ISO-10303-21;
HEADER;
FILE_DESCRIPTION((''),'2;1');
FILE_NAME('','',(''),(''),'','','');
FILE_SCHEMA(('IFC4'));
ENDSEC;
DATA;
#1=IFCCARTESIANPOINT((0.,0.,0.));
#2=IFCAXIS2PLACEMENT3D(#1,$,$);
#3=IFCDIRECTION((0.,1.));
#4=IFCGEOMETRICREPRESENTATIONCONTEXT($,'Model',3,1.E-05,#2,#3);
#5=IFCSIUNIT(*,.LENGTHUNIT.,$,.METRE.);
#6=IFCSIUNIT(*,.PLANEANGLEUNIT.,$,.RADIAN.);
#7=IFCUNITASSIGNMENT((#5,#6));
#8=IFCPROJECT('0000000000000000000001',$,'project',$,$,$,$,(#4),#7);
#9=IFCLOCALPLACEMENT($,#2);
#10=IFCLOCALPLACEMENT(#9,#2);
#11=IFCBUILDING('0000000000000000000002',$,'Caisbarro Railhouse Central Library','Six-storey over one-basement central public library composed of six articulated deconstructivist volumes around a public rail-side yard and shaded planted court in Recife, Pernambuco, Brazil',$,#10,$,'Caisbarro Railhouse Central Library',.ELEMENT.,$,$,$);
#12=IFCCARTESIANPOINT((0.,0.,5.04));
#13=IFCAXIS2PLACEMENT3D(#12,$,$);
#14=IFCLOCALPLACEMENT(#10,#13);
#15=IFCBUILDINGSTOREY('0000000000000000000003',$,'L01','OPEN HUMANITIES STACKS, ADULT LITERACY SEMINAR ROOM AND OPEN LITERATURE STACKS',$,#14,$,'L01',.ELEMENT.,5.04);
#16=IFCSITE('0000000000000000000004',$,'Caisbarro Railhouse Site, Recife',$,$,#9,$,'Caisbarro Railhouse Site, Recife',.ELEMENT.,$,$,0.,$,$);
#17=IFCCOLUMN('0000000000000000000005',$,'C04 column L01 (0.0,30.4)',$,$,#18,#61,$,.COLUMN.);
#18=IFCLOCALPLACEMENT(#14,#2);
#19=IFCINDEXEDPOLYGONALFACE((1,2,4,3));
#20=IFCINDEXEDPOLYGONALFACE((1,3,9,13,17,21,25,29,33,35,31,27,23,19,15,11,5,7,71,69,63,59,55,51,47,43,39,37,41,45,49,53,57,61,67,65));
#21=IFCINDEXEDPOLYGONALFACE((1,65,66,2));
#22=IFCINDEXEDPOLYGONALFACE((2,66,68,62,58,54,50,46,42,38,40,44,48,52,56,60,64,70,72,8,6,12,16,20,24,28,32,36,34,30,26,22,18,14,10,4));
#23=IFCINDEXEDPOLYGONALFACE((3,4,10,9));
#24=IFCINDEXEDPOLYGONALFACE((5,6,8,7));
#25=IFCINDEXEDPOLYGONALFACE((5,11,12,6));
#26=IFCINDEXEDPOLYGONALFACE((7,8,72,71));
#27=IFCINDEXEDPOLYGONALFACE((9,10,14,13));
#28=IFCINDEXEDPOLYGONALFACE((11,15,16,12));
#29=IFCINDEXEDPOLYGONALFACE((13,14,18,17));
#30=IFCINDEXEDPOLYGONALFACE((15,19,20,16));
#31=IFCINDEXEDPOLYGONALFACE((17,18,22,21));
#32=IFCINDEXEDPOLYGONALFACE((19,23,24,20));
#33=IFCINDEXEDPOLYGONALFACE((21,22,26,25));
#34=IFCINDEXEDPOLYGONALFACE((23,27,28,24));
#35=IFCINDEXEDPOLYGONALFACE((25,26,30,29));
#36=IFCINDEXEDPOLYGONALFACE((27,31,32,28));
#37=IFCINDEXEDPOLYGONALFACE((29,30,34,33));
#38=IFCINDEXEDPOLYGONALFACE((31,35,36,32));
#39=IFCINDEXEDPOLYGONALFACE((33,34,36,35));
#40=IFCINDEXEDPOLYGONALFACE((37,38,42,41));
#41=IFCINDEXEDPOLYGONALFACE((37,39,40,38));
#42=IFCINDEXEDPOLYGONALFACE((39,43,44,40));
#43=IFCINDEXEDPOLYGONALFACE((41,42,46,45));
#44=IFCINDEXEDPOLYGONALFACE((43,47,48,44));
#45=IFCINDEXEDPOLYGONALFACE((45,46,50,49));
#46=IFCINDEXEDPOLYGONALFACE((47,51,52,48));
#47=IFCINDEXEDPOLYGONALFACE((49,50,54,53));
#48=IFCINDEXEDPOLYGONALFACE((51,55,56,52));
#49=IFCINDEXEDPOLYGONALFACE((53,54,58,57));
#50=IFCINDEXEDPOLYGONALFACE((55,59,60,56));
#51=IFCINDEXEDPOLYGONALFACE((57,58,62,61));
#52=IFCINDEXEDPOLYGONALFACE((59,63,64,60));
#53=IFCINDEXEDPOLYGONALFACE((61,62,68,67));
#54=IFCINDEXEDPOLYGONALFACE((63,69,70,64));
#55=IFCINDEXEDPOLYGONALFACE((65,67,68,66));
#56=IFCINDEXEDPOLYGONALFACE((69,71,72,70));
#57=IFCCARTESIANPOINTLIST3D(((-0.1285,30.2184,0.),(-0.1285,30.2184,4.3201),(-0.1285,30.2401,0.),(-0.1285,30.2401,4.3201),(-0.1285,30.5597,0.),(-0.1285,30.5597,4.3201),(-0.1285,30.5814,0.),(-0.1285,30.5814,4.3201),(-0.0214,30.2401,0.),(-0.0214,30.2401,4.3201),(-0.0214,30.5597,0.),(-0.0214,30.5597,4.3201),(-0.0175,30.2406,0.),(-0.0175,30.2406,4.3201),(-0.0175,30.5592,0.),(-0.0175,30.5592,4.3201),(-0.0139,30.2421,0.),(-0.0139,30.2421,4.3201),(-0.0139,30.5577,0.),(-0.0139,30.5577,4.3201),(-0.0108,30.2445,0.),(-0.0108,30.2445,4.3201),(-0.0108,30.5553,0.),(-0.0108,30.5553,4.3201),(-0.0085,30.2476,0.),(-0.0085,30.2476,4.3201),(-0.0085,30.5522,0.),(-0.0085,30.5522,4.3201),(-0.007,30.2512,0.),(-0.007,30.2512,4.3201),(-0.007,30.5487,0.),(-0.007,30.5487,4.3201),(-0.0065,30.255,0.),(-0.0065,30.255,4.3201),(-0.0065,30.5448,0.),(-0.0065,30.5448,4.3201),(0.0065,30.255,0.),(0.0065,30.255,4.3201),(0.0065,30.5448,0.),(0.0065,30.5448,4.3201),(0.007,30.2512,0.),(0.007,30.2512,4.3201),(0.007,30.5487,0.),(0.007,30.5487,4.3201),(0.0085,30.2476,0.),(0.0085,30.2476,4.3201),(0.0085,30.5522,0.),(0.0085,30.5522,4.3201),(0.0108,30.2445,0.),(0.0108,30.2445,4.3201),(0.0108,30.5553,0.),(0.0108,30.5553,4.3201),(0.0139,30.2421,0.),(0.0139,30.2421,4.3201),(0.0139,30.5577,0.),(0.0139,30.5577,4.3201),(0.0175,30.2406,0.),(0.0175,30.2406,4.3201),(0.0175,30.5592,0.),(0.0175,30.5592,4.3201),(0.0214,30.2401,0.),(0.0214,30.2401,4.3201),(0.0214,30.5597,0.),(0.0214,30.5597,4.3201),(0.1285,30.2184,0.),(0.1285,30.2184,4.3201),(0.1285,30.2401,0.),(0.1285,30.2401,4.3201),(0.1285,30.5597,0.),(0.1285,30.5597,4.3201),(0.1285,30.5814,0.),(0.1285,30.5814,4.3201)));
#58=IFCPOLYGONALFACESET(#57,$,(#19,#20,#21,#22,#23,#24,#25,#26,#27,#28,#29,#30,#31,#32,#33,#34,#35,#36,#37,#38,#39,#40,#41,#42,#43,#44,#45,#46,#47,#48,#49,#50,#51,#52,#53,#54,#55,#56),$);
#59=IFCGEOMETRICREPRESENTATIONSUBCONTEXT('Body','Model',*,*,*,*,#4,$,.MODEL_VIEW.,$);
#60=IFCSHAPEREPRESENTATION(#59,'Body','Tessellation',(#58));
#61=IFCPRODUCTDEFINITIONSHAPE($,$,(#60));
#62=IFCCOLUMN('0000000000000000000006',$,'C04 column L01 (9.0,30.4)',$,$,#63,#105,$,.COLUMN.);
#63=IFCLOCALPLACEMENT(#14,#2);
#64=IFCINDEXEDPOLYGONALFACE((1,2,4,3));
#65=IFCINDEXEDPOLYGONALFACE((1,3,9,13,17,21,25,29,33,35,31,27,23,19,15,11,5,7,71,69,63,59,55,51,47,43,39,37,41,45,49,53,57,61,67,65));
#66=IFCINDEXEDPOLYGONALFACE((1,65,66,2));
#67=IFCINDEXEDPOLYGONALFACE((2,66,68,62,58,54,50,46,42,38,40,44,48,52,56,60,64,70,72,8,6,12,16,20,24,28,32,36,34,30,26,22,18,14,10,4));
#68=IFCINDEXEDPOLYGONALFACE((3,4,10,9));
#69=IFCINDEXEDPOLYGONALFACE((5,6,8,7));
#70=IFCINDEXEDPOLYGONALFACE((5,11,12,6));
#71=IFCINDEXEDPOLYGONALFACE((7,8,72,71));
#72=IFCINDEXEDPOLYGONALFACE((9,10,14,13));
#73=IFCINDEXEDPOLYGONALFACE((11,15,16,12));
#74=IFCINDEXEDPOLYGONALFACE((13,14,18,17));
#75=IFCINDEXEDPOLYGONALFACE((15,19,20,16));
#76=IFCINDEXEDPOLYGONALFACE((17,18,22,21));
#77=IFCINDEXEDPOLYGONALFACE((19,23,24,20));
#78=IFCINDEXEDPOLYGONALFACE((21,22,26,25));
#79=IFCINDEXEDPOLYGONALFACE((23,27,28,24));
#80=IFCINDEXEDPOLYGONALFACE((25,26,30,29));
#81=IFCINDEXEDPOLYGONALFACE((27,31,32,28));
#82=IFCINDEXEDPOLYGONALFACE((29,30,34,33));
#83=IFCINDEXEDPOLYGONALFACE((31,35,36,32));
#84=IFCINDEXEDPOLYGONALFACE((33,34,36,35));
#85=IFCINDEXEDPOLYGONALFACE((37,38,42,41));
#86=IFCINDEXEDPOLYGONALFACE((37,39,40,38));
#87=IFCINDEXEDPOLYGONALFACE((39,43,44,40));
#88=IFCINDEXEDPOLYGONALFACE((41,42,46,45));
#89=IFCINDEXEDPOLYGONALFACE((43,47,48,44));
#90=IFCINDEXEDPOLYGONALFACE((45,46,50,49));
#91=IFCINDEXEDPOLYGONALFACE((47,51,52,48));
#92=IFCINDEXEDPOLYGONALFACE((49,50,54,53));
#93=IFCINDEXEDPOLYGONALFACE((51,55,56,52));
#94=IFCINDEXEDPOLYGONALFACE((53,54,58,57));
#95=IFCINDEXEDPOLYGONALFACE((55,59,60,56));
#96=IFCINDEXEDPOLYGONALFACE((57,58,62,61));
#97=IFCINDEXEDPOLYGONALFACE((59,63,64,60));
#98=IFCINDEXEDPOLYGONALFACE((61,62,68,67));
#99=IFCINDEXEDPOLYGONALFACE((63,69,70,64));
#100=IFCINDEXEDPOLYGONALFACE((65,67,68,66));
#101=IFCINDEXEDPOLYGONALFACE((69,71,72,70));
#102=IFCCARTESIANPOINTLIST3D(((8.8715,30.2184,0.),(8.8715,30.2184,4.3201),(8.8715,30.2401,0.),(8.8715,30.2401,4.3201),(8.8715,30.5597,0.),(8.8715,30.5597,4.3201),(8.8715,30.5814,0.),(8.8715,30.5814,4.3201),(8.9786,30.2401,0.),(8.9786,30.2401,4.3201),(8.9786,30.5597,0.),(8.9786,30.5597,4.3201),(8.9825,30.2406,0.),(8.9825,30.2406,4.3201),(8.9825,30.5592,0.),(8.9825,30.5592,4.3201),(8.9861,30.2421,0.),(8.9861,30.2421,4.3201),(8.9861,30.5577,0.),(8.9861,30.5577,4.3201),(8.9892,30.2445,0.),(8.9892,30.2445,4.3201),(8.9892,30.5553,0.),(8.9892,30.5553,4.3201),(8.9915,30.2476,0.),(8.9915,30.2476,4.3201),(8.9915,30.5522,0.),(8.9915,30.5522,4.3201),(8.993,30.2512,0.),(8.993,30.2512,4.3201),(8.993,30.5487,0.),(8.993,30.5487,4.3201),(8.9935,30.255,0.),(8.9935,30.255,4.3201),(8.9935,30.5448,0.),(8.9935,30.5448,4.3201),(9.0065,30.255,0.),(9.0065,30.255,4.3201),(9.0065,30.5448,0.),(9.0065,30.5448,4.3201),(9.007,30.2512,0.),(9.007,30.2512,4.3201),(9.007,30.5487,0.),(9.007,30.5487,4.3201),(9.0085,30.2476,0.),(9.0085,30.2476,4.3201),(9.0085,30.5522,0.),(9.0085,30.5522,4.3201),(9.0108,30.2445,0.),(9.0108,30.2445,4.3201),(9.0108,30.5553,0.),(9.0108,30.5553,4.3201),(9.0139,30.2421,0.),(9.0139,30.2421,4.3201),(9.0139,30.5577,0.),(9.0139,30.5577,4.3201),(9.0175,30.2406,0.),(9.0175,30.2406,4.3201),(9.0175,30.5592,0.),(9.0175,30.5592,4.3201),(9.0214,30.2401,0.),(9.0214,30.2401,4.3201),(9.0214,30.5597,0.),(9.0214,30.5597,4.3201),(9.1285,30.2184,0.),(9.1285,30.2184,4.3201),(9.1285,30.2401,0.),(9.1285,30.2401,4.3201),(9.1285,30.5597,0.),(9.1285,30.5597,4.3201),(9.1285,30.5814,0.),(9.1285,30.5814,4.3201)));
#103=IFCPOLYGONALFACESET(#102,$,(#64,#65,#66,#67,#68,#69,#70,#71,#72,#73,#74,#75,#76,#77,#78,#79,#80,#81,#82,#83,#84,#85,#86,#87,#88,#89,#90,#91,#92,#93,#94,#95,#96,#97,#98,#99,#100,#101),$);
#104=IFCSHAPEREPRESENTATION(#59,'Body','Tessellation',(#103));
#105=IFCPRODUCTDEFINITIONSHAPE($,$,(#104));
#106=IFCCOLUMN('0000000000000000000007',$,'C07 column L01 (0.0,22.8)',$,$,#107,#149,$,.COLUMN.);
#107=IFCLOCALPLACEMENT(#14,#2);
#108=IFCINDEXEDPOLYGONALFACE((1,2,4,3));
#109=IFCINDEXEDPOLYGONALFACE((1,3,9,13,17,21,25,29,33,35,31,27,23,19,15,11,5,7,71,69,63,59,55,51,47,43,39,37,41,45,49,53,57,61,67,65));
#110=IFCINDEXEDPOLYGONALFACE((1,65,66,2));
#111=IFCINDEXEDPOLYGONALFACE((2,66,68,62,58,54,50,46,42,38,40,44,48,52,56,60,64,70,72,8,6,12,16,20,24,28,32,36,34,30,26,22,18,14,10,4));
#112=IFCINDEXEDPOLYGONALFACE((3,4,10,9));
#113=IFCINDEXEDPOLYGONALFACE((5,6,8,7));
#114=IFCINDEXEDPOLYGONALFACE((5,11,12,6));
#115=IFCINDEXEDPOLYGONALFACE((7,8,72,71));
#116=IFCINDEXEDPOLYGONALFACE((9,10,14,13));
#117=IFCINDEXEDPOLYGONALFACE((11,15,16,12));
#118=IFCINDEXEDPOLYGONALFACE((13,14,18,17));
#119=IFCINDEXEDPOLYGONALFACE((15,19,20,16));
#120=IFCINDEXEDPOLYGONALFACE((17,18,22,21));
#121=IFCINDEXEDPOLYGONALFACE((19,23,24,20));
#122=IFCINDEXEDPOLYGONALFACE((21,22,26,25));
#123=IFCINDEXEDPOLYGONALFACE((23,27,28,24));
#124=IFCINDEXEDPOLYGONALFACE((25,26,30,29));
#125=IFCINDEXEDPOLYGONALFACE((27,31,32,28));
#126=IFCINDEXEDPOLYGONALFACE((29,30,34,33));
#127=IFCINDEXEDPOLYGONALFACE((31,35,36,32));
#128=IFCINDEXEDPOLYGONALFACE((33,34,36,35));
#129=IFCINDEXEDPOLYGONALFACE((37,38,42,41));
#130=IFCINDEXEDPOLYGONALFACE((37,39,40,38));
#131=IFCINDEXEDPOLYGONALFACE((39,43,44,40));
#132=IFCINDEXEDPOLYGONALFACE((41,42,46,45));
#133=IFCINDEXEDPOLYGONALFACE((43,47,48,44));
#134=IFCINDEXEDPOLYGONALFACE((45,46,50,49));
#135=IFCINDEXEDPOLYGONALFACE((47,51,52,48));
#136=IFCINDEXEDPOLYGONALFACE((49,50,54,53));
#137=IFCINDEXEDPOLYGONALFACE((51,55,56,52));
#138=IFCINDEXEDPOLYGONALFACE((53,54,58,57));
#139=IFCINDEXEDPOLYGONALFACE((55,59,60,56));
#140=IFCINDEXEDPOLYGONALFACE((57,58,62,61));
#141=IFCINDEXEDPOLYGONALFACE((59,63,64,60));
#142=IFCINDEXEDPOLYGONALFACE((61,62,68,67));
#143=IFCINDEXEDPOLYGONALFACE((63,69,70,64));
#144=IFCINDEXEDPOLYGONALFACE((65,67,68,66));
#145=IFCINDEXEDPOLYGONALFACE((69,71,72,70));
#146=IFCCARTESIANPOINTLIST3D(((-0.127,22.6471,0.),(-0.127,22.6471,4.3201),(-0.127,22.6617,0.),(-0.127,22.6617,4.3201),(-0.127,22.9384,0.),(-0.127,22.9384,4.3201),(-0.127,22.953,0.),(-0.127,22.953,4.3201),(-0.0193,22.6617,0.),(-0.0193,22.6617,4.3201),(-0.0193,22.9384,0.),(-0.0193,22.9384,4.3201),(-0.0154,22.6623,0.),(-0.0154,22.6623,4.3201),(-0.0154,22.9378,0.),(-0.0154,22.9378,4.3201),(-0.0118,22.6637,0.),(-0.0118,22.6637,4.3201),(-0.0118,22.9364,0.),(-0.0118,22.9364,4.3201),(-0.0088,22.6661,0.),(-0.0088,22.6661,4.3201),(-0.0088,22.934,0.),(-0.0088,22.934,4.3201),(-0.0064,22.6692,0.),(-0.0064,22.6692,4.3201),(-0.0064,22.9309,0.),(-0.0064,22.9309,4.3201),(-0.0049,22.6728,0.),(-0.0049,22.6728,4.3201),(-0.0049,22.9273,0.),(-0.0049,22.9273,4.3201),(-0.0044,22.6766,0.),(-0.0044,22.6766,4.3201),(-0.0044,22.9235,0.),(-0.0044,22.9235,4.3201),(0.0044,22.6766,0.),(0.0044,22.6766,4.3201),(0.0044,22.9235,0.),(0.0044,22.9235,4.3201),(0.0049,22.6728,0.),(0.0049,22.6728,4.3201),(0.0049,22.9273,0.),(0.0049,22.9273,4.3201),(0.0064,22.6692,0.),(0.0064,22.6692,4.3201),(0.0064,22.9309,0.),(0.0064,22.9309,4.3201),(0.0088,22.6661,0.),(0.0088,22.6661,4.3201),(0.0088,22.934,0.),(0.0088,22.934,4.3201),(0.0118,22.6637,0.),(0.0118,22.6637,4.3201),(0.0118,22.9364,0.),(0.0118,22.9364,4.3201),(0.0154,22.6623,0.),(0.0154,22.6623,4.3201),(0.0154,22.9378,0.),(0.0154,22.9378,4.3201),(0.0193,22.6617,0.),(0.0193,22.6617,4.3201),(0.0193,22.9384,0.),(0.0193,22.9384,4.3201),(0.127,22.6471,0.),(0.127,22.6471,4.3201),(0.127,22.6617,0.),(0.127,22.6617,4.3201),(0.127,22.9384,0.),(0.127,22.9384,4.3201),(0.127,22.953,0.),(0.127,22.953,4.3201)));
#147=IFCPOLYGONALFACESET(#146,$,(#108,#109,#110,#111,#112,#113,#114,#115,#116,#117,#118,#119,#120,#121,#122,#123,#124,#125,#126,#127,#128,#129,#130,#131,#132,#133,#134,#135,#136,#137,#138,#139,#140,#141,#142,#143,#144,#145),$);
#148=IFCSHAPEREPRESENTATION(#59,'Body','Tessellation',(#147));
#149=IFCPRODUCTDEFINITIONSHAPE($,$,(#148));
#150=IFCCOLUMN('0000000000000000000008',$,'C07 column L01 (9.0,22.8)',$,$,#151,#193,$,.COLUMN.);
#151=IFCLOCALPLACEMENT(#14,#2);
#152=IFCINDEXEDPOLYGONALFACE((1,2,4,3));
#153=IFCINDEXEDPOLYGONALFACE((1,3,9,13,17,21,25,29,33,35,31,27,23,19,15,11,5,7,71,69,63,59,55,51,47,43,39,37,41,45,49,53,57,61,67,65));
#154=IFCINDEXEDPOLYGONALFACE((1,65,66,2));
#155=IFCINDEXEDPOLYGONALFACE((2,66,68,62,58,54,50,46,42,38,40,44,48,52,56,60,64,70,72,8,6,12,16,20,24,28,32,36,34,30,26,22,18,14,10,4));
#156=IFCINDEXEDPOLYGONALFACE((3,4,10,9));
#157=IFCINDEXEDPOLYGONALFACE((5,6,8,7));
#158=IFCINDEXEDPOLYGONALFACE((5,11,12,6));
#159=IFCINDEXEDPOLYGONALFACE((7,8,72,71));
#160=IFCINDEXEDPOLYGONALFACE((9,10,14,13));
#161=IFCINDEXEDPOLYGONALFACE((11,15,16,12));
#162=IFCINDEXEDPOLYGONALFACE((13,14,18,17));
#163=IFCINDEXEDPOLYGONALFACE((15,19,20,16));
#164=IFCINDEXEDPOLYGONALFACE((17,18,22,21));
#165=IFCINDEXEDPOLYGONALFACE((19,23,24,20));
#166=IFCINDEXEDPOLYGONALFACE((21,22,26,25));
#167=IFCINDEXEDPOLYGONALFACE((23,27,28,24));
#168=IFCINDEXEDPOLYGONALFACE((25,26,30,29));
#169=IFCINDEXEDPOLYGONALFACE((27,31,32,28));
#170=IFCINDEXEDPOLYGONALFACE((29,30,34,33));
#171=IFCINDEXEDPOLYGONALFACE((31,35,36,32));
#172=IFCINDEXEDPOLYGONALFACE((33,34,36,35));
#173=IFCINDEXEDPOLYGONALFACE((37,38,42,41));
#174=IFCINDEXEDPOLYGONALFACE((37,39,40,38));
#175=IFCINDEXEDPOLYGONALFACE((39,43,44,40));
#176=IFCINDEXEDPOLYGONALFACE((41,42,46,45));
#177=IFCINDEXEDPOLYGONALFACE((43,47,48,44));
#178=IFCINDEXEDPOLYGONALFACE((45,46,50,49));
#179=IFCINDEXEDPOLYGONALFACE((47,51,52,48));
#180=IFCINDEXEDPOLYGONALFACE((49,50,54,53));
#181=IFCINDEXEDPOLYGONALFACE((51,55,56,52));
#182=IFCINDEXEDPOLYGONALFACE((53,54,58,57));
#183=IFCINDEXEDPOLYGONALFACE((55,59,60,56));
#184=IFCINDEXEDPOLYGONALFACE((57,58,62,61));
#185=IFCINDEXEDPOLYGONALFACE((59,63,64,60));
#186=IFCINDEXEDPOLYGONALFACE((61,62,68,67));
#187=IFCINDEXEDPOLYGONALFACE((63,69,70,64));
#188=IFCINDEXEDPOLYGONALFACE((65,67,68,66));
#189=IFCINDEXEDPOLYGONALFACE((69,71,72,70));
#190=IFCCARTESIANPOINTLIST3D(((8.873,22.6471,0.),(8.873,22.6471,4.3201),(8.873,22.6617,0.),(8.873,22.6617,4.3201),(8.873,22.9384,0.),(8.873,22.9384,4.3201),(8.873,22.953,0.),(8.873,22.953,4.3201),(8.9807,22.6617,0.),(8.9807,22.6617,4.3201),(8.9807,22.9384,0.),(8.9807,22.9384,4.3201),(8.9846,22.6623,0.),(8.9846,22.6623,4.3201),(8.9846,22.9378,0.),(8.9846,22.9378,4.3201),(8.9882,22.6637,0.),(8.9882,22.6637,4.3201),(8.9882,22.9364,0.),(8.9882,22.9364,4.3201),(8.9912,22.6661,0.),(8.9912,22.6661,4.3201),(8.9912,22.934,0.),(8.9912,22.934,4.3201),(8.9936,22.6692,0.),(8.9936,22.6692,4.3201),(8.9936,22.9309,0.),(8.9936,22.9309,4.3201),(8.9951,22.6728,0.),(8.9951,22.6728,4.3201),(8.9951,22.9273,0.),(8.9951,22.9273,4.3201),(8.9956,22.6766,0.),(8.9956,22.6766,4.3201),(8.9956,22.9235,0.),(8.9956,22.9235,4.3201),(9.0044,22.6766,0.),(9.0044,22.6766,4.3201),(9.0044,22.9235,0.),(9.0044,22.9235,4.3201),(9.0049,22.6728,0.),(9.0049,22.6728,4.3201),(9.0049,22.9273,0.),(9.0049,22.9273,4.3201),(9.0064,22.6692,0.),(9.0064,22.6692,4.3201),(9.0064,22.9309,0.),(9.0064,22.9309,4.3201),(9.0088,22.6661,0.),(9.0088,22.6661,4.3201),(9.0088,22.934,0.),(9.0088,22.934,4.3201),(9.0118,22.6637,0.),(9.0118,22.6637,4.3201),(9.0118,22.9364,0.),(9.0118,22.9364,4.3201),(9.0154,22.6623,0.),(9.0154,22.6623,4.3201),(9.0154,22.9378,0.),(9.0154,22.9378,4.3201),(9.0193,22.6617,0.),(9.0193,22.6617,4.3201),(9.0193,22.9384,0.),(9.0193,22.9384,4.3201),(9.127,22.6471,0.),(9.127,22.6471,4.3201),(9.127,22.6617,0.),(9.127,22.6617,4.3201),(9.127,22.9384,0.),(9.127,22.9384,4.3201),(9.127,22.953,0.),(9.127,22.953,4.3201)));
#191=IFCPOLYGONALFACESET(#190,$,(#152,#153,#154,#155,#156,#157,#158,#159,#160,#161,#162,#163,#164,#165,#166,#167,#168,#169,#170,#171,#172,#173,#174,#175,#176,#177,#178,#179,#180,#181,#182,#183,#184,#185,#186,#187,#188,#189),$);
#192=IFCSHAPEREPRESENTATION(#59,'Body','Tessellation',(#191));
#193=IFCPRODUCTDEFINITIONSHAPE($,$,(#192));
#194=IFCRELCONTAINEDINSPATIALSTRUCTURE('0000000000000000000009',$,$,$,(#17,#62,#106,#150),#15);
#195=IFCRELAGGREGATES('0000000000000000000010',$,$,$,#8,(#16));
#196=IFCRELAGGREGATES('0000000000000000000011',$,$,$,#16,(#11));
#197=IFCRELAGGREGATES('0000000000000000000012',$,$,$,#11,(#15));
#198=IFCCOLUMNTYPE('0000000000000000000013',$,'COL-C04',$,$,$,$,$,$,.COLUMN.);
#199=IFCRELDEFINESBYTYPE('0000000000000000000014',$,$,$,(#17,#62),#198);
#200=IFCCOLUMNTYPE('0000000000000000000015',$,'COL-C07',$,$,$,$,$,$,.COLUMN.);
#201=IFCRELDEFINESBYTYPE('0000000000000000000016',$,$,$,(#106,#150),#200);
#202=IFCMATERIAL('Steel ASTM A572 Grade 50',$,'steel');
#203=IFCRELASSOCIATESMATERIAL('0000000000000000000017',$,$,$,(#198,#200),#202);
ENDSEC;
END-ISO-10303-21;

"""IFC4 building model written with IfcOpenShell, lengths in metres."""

from ifc_helpers import new_model, si_unit, direction, frame, origin, origin_2d, place, context, subcontext, project, spatial, i_section, extrude, material, material_profile, profile_set, type_object, element, save


model = new_model("IFC4")

# Units and contexts
model_context = context("Model", 3, precision=1e-05, world=origin(), true_north=direction((0.0, 1.0)))
body_context = subcontext(model_context, "Body", "Model", "MODEL_VIEW")
ifc_project = project(units=[si_unit("LENGTHUNIT", "METRE"), si_unit("PLANEANGLEUNIT", "RADIAN")], contexts=[model_context])

# Site, building, storey
site_placement = place(None, origin())
site = spatial("IfcSite", under=ifc_project, at=site_placement, Name="Caisbarro Railhouse Site, Recife", LongName="Caisbarro Railhouse Site, Recife", CompositionType="ELEMENT", RefElevation=0.0)
building_placement = place(site_placement, origin())
building = spatial("IfcBuilding", under=site, at=building_placement, Name="Caisbarro Railhouse Central Library", Description="Six-storey over one-basement central public library composed of six articulated deconstructivist volumes around a public rail-side yard and shaded planted court in Recife, Pernambuco, Brazil", LongName="Caisbarro Railhouse Central Library", CompositionType="ELEMENT")
storey_placement = place(building_placement, frame((0.0, 0.0, 5.04)))
storey = spatial("IfcBuildingStorey", under=building, at=storey_placement, Name="L01", Description="OPEN HUMANITIES STACKS, ADULT LITERACY SEMINAR ROOM AND OPEN LITERATURE STACKS", LongName="L01", CompositionType="ELEMENT", Elevation=5.04)

# Columns
ifc_material_1 = material(Name="Steel ASTM A572 Grade 50", Category="steel")
ifc_material_profile_1 = material_profile(ifc_material_1, i_section(OverallWidth=0.2571, OverallDepth=0.363, WebThickness=0.0129, FlangeThickness=0.0217, FilletRadius=0.0149, at=origin_2d()), Name="W360X122.0")
ifc_profile_set_1 = profile_set([ifc_material_profile_1], Name="Steel ASTM A572 Grade 50")
column_type_1 = type_object("IfcColumnType", Name="COL-C04", PredefinedType="COLUMN", material=ifc_profile_set_1)
for number, where, z_axis, x_axis, name in (
    (1, (0.0, 30.3999, 0.0), (0.0, 0.0, 1.0), (1.0, 0.0, 0.0), "C04 column L01 (0.0,30.4)"),
    (2, (9.0, 30.3999, 0.0), (0.0, 0.0, 1.0), (1.0, 0.0, 0.0), "C04 column L01 (9.0,30.4)"),
):
    element("IfcColumn", number, at=place(storey_placement, frame(where, z_axis=z_axis, x_axis=x_axis)), inside=storey, type_object=column_type_1, Name=name, PredefinedType="COLUMN", context=body_context, shape_type="SweptSolid", body=[
        extrude(i_section(OverallWidth=0.2571, OverallDepth=0.363, WebThickness=0.0129, FlangeThickness=0.0217, FilletRadius=0.0149, at=origin_2d()), origin(), (0.0, 0.0, 1.0), 4.3201),
    ])
ifc_material_profile_2 = material_profile(ifc_material_1, i_section(OverallWidth=0.2539, OverallDepth=0.3059, WebThickness=0.0088, FlangeThickness=0.0146, FilletRadius=0.0149, at=origin_2d()), Name="W310X79.0")
ifc_profile_set_2 = profile_set([ifc_material_profile_2], Name="Steel ASTM A572 Grade 50")
column_type_2 = type_object("IfcColumnType", Name="COL-C07", PredefinedType="COLUMN", material=ifc_profile_set_2)
for number, where, z_axis, x_axis, name in (
    (3, (0.0, 22.8, 0.0), (0.0, 0.0, 1.0), (1.0, 0.0, 0.0), "C07 column L01 (0.0,22.8)"),
    (4, (9.0, 22.8, 0.0), (0.0, 0.0, 1.0), (1.0, 0.0, 0.0), "C07 column L01 (9.0,22.8)"),
):
    element("IfcColumn", number, at=place(storey_placement, frame(where, z_axis=z_axis, x_axis=x_axis)), inside=storey, type_object=column_type_2, Name=name, PredefinedType="COLUMN", context=body_context, shape_type="SweptSolid", body=[
        extrude(i_section(OverallWidth=0.2539, OverallDepth=0.3059, WebThickness=0.0088, FlangeThickness=0.0146, FilletRadius=0.0149, at=origin_2d()), origin(), (0.0, 0.0, 1.0), 4.3201),
    ])

save(model, "model.ifc")
